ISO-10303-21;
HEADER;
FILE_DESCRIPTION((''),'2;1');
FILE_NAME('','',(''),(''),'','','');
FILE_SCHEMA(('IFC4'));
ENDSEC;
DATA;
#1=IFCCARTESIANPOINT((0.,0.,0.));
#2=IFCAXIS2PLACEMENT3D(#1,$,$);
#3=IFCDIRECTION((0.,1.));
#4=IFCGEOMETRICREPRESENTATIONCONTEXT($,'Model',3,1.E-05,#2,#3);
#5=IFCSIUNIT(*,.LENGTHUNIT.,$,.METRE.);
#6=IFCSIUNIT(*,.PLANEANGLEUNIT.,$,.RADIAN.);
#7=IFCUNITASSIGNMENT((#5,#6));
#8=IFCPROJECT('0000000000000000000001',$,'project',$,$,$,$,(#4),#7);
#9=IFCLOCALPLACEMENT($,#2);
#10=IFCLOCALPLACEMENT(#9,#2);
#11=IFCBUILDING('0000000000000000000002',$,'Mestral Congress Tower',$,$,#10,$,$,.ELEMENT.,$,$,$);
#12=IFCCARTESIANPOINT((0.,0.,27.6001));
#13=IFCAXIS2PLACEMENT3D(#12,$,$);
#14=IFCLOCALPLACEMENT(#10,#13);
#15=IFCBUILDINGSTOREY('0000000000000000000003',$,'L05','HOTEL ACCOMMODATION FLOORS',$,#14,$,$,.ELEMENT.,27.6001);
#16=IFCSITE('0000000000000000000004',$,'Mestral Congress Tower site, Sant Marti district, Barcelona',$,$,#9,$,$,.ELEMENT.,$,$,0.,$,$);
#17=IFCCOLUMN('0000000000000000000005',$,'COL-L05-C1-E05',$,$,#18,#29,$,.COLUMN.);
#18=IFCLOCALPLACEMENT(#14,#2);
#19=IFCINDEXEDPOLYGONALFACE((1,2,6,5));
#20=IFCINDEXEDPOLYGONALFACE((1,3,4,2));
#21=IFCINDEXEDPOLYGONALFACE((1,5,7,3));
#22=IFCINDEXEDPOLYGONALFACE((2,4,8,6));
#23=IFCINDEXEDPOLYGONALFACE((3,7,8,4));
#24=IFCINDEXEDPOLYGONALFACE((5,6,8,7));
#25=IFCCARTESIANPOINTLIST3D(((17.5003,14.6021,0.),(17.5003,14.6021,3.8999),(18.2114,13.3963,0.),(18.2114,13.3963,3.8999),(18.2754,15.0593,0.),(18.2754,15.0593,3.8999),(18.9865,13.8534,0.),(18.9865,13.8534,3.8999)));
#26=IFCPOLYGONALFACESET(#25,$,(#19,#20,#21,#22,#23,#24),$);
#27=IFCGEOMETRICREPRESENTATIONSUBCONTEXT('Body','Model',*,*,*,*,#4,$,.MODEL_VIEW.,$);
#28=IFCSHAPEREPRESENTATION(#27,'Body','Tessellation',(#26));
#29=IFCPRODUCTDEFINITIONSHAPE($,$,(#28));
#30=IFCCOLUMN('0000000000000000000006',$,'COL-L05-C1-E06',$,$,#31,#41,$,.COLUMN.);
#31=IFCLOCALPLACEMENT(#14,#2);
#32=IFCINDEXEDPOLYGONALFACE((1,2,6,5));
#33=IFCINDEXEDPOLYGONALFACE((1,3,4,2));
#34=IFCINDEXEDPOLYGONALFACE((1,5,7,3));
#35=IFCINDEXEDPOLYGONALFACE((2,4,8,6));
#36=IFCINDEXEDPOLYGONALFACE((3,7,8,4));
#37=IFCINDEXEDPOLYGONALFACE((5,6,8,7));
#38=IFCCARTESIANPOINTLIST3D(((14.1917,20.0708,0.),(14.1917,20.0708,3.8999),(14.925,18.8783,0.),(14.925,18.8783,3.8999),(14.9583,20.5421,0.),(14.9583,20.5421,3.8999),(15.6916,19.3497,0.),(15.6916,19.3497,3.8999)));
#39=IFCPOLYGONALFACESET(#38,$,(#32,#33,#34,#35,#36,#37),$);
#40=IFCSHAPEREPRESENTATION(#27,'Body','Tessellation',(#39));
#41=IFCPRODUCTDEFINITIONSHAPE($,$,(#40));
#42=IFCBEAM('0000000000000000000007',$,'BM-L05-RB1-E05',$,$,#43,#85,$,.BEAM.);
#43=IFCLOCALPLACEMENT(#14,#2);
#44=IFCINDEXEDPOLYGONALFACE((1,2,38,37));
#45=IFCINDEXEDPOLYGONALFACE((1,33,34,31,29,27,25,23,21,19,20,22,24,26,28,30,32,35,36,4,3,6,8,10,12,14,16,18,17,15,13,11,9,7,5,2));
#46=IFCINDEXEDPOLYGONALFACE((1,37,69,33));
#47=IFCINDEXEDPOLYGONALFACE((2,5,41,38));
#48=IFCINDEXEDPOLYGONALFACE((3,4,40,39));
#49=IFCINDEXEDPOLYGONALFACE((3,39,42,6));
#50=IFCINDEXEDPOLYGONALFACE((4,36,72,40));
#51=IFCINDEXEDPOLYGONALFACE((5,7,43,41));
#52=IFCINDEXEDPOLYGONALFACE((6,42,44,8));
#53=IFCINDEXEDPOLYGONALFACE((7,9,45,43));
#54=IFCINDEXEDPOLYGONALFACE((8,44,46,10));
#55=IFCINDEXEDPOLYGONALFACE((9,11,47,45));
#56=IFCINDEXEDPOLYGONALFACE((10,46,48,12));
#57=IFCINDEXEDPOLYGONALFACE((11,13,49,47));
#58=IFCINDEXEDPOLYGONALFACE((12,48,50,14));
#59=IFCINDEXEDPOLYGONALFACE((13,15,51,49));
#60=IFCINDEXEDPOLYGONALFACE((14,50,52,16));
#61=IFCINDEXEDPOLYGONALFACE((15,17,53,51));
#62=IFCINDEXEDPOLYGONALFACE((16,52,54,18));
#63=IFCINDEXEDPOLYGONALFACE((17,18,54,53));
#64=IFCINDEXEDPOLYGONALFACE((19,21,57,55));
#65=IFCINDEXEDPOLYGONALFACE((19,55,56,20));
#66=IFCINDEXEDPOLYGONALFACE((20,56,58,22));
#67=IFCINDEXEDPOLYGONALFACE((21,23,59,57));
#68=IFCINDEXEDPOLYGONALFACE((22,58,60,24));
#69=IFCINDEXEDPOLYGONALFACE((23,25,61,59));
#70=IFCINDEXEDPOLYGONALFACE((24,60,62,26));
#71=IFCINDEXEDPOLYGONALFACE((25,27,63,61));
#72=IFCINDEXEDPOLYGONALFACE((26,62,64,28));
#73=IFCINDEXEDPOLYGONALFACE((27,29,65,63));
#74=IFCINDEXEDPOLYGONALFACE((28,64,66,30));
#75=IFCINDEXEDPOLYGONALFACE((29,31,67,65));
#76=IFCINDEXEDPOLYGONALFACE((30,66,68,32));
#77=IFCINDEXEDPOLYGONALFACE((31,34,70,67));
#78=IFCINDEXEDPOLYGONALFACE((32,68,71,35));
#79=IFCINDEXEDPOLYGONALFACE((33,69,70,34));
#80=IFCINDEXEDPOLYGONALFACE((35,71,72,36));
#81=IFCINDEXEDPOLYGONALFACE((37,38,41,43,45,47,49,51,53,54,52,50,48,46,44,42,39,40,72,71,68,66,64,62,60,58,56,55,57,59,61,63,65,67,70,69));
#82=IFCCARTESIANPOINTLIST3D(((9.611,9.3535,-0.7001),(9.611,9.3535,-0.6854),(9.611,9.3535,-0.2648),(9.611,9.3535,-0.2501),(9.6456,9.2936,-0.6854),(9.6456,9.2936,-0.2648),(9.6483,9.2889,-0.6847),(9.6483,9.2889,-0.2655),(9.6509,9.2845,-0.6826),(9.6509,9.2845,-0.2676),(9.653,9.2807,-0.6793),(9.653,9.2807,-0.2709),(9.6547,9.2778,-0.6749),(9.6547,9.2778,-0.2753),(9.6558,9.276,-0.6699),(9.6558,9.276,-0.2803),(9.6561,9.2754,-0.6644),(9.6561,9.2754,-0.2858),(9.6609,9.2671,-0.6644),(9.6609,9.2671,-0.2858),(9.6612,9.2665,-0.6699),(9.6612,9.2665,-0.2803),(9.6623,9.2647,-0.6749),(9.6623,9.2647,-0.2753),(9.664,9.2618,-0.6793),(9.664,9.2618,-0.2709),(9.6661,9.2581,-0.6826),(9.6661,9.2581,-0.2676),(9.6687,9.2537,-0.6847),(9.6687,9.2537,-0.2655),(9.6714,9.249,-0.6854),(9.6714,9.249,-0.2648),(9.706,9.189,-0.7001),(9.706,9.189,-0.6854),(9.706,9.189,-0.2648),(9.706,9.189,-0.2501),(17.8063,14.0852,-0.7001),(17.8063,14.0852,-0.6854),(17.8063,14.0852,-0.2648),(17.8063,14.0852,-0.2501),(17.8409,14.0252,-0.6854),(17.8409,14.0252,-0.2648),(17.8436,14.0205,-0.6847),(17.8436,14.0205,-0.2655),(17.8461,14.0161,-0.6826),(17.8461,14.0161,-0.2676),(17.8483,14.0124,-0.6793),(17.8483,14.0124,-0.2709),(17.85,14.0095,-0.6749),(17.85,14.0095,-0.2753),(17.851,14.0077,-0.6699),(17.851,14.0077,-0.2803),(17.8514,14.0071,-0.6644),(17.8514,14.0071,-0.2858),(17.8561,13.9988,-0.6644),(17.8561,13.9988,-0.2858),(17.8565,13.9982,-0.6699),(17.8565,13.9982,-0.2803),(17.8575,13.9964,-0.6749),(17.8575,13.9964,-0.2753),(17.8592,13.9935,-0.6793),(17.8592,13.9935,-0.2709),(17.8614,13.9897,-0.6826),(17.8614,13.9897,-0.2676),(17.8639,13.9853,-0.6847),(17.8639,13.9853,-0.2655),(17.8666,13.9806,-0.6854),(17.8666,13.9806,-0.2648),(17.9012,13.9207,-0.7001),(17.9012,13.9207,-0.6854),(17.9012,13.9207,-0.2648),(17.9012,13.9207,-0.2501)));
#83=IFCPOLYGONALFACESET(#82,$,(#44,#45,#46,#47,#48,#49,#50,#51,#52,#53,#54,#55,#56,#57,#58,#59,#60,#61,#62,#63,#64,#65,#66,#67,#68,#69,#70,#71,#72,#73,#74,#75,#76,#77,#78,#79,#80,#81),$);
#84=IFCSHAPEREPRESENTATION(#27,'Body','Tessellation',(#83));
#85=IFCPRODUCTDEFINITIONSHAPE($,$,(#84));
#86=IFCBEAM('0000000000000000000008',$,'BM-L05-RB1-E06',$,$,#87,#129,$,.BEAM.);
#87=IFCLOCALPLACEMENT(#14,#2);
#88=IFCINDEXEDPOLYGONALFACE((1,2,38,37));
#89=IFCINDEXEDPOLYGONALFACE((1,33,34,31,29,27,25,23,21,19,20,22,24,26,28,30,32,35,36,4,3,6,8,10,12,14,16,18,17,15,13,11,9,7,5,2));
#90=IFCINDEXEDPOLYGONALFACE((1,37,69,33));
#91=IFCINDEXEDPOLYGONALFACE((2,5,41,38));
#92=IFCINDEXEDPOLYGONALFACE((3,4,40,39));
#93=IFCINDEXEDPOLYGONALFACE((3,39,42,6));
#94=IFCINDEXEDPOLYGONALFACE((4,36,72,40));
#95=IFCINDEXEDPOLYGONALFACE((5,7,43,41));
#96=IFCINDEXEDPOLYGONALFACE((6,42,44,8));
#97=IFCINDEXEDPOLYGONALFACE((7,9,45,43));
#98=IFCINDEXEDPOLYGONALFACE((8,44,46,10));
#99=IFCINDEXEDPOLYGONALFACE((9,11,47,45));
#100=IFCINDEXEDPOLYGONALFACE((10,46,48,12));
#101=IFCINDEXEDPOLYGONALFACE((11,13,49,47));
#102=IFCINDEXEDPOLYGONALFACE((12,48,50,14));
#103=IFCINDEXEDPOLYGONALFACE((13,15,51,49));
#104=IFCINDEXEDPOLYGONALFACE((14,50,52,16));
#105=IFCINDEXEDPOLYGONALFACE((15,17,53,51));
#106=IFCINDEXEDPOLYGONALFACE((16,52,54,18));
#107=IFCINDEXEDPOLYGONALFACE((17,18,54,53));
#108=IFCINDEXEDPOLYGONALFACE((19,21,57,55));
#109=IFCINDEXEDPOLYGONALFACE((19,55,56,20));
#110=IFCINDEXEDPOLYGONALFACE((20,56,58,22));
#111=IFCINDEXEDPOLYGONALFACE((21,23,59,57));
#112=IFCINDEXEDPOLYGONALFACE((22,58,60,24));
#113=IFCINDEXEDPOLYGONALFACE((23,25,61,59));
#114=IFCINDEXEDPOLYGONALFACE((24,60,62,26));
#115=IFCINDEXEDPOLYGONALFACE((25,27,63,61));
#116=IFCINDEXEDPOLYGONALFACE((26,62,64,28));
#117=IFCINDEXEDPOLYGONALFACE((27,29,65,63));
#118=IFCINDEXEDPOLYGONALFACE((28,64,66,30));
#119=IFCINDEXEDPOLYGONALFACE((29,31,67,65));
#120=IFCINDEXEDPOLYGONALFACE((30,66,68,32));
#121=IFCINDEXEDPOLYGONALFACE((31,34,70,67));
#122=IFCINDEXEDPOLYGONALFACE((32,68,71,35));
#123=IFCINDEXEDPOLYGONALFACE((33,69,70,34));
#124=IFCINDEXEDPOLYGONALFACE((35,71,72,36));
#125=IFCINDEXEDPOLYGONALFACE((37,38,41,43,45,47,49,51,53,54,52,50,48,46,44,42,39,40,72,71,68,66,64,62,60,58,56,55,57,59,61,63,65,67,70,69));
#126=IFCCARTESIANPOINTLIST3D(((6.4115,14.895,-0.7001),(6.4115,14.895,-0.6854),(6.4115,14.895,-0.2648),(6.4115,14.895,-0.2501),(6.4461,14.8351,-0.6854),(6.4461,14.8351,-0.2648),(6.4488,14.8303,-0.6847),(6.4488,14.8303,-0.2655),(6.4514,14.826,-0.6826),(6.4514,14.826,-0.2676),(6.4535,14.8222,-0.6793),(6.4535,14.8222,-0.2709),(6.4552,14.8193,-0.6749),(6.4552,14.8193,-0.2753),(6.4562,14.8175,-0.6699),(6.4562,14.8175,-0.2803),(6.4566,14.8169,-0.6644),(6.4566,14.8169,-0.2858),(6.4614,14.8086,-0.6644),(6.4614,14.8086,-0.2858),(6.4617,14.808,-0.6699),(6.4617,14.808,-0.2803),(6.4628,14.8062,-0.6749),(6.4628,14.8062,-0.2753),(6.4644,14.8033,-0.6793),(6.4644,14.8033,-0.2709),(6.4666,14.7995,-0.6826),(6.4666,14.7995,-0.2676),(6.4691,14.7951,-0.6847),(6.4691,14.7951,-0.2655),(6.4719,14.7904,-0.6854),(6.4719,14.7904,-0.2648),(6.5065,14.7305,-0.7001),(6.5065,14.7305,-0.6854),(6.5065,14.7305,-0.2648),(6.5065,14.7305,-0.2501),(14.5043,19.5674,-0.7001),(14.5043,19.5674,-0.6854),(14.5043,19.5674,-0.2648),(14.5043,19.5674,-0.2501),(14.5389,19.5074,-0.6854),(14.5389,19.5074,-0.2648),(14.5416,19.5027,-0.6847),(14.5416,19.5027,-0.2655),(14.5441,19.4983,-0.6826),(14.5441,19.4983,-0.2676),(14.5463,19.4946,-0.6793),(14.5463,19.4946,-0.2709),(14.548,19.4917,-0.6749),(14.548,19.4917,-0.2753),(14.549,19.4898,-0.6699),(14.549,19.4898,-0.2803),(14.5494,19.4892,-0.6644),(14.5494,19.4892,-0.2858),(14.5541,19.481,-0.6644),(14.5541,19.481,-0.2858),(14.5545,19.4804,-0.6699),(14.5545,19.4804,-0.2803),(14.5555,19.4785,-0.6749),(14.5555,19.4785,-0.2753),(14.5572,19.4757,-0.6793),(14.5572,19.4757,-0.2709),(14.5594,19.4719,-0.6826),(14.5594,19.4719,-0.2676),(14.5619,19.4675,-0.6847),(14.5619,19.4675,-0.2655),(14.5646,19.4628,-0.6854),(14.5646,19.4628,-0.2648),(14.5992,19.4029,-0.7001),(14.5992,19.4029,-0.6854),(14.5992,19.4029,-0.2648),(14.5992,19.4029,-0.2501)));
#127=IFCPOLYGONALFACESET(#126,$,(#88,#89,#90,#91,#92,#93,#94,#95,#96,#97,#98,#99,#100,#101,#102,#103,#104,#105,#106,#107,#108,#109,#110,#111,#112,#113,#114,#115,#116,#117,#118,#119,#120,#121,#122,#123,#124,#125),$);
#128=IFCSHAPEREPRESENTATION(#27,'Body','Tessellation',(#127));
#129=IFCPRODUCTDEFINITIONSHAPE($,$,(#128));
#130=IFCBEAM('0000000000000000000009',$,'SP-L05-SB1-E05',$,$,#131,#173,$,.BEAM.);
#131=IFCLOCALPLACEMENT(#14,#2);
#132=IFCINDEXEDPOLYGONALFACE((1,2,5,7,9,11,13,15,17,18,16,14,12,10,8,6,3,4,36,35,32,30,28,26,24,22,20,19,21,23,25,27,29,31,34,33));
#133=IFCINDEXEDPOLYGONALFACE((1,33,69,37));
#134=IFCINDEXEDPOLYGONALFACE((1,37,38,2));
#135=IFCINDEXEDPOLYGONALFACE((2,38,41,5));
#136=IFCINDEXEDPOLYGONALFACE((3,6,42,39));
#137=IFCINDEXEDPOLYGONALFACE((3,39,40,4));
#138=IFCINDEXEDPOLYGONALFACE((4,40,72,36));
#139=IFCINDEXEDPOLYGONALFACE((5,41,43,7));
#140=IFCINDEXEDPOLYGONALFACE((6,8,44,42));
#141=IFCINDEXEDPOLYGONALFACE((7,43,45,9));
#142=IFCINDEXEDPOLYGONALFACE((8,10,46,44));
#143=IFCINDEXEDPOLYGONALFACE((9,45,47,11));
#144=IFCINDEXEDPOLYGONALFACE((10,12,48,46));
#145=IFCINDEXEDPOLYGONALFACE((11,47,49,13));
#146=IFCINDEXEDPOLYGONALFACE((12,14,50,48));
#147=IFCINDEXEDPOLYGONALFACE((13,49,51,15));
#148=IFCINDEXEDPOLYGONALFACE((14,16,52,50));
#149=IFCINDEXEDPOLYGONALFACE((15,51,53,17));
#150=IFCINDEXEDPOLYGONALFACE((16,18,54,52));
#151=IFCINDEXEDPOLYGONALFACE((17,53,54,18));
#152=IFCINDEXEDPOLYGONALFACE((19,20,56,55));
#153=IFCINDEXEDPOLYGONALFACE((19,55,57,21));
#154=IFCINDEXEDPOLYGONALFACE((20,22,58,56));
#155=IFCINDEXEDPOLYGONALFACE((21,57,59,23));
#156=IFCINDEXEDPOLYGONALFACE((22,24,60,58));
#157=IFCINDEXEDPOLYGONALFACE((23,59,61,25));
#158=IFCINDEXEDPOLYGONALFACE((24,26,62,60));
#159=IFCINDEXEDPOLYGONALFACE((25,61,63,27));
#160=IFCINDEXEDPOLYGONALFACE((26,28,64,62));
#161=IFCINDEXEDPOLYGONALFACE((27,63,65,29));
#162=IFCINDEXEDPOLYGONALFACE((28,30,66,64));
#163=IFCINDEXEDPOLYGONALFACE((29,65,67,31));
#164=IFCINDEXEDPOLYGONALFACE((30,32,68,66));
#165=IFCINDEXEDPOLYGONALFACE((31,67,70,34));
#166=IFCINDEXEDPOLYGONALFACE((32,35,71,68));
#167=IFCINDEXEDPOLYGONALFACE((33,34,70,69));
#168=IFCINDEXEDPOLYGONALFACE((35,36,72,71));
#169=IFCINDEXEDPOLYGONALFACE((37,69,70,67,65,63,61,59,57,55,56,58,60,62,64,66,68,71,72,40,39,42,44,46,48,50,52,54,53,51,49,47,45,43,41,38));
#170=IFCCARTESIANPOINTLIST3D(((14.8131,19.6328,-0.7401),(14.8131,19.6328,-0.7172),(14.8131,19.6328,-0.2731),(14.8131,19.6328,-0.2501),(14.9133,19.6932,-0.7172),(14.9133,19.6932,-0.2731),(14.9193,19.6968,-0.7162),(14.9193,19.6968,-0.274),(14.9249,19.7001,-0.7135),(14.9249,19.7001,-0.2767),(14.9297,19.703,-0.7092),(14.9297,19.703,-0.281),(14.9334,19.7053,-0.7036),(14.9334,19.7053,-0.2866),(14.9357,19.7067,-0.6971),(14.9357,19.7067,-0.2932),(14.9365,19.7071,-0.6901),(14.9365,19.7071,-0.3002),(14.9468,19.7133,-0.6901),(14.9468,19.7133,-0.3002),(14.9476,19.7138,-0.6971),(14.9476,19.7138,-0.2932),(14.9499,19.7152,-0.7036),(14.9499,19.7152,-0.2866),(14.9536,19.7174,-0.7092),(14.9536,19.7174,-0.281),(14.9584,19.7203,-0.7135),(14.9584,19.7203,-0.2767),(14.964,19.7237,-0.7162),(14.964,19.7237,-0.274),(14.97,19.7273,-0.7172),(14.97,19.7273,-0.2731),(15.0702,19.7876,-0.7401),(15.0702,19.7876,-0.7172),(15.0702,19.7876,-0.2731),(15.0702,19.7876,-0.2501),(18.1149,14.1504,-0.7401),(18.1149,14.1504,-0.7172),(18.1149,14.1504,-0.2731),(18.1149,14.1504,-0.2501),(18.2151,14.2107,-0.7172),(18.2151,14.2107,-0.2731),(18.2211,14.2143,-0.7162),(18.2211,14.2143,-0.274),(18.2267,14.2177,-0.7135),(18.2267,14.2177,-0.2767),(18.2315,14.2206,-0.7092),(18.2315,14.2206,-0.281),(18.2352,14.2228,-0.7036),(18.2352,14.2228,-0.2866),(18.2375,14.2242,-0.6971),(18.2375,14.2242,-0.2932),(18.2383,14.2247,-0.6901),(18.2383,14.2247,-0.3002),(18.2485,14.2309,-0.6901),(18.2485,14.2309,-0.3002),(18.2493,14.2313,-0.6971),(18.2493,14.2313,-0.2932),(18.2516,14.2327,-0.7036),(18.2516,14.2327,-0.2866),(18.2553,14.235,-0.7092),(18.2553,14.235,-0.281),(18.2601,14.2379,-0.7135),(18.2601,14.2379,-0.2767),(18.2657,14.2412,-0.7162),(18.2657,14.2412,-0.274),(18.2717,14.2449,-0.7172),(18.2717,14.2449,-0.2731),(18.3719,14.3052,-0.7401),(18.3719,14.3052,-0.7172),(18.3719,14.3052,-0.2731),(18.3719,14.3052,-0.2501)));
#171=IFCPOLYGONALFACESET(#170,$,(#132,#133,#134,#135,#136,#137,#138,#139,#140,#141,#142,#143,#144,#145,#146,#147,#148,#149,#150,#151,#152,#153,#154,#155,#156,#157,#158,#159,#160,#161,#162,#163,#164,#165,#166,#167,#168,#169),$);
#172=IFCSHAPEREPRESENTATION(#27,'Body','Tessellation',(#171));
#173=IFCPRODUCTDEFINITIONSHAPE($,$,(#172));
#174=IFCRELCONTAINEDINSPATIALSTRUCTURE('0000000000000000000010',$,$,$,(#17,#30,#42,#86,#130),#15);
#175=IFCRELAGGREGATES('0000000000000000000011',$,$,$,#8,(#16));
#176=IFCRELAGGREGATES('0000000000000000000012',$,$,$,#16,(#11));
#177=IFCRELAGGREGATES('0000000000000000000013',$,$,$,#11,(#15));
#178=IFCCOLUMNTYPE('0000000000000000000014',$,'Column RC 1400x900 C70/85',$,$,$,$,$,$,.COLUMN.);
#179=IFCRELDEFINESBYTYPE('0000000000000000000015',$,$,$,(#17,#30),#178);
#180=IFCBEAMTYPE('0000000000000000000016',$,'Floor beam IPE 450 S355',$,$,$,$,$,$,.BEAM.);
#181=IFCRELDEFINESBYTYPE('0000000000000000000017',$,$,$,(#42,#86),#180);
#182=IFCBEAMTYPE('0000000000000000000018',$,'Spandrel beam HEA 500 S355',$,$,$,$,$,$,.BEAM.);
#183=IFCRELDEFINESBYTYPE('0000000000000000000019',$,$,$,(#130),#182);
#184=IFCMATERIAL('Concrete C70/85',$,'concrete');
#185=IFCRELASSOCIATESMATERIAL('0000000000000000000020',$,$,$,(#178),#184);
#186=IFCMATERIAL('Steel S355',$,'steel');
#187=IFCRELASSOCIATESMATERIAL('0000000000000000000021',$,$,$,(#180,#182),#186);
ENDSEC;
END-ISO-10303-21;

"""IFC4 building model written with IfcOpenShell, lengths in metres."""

from ifc_helpers import new_model, si_unit, direction, frame, origin, origin_2d, place, context, subcontext, project, spatial, rectangle, i_section, extrude, material, material_profile, profile_set, type_object, element, save


model = new_model("IFC4")

# Units and contexts
model_context = context("Model", 3, precision=1e-05, world=origin(), true_north=direction((0.0, 1.0)))
body_context = subcontext(model_context, "Body", "Model", "MODEL_VIEW")
ifc_project = project(units=[si_unit("LENGTHUNIT", "METRE"), si_unit("PLANEANGLEUNIT", "RADIAN")], contexts=[model_context])

# Site, building, storey
site_placement = place(None, origin())
site = spatial("IfcSite", under=ifc_project, at=site_placement, Name="Mestral Congress Tower site, Sant Marti district, Barcelona", CompositionType="ELEMENT", RefElevation=0.0)
building_placement = place(site_placement, origin())
building = spatial("IfcBuilding", under=site, at=building_placement, Name="Mestral Congress Tower", CompositionType="ELEMENT")
storey_placement = place(building_placement, frame((0.0, 0.0, 27.6001)))
storey = spatial("IfcBuildingStorey", under=building, at=storey_placement, Name="L05", Description="HOTEL ACCOMMODATION FLOORS", CompositionType="ELEMENT", Elevation=27.6001)

# Columns
ifc_material_1 = material(Name="Concrete C70/85", Category="concrete")
ifc_material_profile_1 = material_profile(ifc_material_1, rectangle(XDim=1.3999, YDim=0.8999, at=origin_2d()), Name="RC 1400x900")
ifc_profile_set_1 = profile_set([ifc_material_profile_1], Name="Concrete C70/85")
column_type = type_object("IfcColumnType", Name="Column RC 1400x900 C70/85", PredefinedType="COLUMN", material=ifc_profile_set_1)
for number, where, z_axis, x_axis, name in (
    (1, (18.2434, 14.2278, 0.0), (0.0, 0.0, 1.0), (-0.507983, 0.861367, 0.0), "COL-L05-C1-E05"),
    (2, (14.9417, 19.7102, 0.0), (0.0, 0.0, 1.0), (-0.523819, 0.851829, 0.0), "COL-L05-C1-E06"),
):
    element("IfcColumn", number, at=place(storey_placement, frame(where, z_axis=z_axis, x_axis=x_axis)), inside=storey, type_object=column_type, Name=name, PredefinedType="COLUMN", context=body_context, shape_type="SweptSolid", body=[
        extrude(rectangle(XDim=1.3999, YDim=0.8999, at=origin_2d()), origin(), (0.0, 0.0, 1.0), 3.8999),
    ])

# Beams
ifc_material_2 = material(Name="Steel S355", Category="steel")
ifc_material_profile_2 = material_profile(ifc_material_2, i_section(OverallWidth=0.1899, OverallDepth=0.45, WebThickness=0.0095, FlangeThickness=0.0146, FilletRadius=0.021, at=origin_2d()), Name="IPE 450")
ifc_profile_set_2 = profile_set([ifc_material_profile_2], Name="Steel S355")
beam_type_1 = type_object("IfcBeamType", Name="Floor beam IPE 450 S355", PredefinedType="BEAM", material=ifc_profile_set_2)
beam_1_placement = place(storey_placement, frame((17.8538, 14.0029, -0.4751), z_axis=(-0.86602, -0.50001, 0.0), x_axis=(0.50001, -0.86602, 0.0)))
element("IfcBeam", 3, at=beam_1_placement, inside=storey, type_object=beam_type_1, Name="BM-L05-RB1-E05", PredefinedType="BEAM", context=body_context, shape_type="SweptSolid", body=[
    extrude(i_section(OverallWidth=0.1899, OverallDepth=0.45, WebThickness=0.0095, FlangeThickness=0.0146, FilletRadius=0.021, at=origin_2d()), origin(), (0.0, 0.0, 1.0), 9.4631),
])
beam_2_placement = place(storey_placement, frame((14.5518, 19.4851, -0.4751), z_axis=(-0.866025, -0.5, 0.0), x_axis=(0.5, -0.866025, 0.0)))
element("IfcBeam", 4, at=beam_2_placement, inside=storey, type_object=beam_type_1, Name="BM-L05-RB1-E06", PredefinedType="BEAM", context=body_context, shape_type="SweptSolid", body=[
    extrude(i_section(OverallWidth=0.1899, OverallDepth=0.45, WebThickness=0.0095, FlangeThickness=0.0146, FilletRadius=0.021, at=origin_2d()), origin(), (0.0, 0.0, 1.0), 9.3447),
])
ifc_material_profile_3 = material_profile(ifc_material_2, i_section(OverallWidth=0.3, OverallDepth=0.49, WebThickness=0.012, FlangeThickness=0.0229, FilletRadius=0.0271, at=origin_2d()), Name="HEA 500")
ifc_profile_set_3 = profile_set([ifc_material_profile_3], Name="Steel S355")
beam_type_2 = type_object("IfcBeamType", Name="Spandrel beam HEA 500 S355", PredefinedType="BEAM", material=ifc_profile_set_3)
for number, where, z_axis, x_axis, name in (
    (5, (18.2434, 14.2278, -0.4951), (-0.515909, 0.856644, 0.0), (-0.856644, -0.515909, 0.0), "SP-L05-SB1-E05"),
):
    element("IfcBeam", number, at=place(storey_placement, frame(where, z_axis=z_axis, x_axis=x_axis)), inside=storey, type_object=beam_type_2, Name=name, PredefinedType="BEAM", context=body_context, shape_type="SweptSolid", body=[
        extrude(i_section(OverallWidth=0.3, OverallDepth=0.49, WebThickness=0.012, FlangeThickness=0.0229, FilletRadius=0.0271, at=origin_2d()), origin(), (0.0, 0.0, 1.0), 6.3999),
    ])

save(model, "model.ifc")
